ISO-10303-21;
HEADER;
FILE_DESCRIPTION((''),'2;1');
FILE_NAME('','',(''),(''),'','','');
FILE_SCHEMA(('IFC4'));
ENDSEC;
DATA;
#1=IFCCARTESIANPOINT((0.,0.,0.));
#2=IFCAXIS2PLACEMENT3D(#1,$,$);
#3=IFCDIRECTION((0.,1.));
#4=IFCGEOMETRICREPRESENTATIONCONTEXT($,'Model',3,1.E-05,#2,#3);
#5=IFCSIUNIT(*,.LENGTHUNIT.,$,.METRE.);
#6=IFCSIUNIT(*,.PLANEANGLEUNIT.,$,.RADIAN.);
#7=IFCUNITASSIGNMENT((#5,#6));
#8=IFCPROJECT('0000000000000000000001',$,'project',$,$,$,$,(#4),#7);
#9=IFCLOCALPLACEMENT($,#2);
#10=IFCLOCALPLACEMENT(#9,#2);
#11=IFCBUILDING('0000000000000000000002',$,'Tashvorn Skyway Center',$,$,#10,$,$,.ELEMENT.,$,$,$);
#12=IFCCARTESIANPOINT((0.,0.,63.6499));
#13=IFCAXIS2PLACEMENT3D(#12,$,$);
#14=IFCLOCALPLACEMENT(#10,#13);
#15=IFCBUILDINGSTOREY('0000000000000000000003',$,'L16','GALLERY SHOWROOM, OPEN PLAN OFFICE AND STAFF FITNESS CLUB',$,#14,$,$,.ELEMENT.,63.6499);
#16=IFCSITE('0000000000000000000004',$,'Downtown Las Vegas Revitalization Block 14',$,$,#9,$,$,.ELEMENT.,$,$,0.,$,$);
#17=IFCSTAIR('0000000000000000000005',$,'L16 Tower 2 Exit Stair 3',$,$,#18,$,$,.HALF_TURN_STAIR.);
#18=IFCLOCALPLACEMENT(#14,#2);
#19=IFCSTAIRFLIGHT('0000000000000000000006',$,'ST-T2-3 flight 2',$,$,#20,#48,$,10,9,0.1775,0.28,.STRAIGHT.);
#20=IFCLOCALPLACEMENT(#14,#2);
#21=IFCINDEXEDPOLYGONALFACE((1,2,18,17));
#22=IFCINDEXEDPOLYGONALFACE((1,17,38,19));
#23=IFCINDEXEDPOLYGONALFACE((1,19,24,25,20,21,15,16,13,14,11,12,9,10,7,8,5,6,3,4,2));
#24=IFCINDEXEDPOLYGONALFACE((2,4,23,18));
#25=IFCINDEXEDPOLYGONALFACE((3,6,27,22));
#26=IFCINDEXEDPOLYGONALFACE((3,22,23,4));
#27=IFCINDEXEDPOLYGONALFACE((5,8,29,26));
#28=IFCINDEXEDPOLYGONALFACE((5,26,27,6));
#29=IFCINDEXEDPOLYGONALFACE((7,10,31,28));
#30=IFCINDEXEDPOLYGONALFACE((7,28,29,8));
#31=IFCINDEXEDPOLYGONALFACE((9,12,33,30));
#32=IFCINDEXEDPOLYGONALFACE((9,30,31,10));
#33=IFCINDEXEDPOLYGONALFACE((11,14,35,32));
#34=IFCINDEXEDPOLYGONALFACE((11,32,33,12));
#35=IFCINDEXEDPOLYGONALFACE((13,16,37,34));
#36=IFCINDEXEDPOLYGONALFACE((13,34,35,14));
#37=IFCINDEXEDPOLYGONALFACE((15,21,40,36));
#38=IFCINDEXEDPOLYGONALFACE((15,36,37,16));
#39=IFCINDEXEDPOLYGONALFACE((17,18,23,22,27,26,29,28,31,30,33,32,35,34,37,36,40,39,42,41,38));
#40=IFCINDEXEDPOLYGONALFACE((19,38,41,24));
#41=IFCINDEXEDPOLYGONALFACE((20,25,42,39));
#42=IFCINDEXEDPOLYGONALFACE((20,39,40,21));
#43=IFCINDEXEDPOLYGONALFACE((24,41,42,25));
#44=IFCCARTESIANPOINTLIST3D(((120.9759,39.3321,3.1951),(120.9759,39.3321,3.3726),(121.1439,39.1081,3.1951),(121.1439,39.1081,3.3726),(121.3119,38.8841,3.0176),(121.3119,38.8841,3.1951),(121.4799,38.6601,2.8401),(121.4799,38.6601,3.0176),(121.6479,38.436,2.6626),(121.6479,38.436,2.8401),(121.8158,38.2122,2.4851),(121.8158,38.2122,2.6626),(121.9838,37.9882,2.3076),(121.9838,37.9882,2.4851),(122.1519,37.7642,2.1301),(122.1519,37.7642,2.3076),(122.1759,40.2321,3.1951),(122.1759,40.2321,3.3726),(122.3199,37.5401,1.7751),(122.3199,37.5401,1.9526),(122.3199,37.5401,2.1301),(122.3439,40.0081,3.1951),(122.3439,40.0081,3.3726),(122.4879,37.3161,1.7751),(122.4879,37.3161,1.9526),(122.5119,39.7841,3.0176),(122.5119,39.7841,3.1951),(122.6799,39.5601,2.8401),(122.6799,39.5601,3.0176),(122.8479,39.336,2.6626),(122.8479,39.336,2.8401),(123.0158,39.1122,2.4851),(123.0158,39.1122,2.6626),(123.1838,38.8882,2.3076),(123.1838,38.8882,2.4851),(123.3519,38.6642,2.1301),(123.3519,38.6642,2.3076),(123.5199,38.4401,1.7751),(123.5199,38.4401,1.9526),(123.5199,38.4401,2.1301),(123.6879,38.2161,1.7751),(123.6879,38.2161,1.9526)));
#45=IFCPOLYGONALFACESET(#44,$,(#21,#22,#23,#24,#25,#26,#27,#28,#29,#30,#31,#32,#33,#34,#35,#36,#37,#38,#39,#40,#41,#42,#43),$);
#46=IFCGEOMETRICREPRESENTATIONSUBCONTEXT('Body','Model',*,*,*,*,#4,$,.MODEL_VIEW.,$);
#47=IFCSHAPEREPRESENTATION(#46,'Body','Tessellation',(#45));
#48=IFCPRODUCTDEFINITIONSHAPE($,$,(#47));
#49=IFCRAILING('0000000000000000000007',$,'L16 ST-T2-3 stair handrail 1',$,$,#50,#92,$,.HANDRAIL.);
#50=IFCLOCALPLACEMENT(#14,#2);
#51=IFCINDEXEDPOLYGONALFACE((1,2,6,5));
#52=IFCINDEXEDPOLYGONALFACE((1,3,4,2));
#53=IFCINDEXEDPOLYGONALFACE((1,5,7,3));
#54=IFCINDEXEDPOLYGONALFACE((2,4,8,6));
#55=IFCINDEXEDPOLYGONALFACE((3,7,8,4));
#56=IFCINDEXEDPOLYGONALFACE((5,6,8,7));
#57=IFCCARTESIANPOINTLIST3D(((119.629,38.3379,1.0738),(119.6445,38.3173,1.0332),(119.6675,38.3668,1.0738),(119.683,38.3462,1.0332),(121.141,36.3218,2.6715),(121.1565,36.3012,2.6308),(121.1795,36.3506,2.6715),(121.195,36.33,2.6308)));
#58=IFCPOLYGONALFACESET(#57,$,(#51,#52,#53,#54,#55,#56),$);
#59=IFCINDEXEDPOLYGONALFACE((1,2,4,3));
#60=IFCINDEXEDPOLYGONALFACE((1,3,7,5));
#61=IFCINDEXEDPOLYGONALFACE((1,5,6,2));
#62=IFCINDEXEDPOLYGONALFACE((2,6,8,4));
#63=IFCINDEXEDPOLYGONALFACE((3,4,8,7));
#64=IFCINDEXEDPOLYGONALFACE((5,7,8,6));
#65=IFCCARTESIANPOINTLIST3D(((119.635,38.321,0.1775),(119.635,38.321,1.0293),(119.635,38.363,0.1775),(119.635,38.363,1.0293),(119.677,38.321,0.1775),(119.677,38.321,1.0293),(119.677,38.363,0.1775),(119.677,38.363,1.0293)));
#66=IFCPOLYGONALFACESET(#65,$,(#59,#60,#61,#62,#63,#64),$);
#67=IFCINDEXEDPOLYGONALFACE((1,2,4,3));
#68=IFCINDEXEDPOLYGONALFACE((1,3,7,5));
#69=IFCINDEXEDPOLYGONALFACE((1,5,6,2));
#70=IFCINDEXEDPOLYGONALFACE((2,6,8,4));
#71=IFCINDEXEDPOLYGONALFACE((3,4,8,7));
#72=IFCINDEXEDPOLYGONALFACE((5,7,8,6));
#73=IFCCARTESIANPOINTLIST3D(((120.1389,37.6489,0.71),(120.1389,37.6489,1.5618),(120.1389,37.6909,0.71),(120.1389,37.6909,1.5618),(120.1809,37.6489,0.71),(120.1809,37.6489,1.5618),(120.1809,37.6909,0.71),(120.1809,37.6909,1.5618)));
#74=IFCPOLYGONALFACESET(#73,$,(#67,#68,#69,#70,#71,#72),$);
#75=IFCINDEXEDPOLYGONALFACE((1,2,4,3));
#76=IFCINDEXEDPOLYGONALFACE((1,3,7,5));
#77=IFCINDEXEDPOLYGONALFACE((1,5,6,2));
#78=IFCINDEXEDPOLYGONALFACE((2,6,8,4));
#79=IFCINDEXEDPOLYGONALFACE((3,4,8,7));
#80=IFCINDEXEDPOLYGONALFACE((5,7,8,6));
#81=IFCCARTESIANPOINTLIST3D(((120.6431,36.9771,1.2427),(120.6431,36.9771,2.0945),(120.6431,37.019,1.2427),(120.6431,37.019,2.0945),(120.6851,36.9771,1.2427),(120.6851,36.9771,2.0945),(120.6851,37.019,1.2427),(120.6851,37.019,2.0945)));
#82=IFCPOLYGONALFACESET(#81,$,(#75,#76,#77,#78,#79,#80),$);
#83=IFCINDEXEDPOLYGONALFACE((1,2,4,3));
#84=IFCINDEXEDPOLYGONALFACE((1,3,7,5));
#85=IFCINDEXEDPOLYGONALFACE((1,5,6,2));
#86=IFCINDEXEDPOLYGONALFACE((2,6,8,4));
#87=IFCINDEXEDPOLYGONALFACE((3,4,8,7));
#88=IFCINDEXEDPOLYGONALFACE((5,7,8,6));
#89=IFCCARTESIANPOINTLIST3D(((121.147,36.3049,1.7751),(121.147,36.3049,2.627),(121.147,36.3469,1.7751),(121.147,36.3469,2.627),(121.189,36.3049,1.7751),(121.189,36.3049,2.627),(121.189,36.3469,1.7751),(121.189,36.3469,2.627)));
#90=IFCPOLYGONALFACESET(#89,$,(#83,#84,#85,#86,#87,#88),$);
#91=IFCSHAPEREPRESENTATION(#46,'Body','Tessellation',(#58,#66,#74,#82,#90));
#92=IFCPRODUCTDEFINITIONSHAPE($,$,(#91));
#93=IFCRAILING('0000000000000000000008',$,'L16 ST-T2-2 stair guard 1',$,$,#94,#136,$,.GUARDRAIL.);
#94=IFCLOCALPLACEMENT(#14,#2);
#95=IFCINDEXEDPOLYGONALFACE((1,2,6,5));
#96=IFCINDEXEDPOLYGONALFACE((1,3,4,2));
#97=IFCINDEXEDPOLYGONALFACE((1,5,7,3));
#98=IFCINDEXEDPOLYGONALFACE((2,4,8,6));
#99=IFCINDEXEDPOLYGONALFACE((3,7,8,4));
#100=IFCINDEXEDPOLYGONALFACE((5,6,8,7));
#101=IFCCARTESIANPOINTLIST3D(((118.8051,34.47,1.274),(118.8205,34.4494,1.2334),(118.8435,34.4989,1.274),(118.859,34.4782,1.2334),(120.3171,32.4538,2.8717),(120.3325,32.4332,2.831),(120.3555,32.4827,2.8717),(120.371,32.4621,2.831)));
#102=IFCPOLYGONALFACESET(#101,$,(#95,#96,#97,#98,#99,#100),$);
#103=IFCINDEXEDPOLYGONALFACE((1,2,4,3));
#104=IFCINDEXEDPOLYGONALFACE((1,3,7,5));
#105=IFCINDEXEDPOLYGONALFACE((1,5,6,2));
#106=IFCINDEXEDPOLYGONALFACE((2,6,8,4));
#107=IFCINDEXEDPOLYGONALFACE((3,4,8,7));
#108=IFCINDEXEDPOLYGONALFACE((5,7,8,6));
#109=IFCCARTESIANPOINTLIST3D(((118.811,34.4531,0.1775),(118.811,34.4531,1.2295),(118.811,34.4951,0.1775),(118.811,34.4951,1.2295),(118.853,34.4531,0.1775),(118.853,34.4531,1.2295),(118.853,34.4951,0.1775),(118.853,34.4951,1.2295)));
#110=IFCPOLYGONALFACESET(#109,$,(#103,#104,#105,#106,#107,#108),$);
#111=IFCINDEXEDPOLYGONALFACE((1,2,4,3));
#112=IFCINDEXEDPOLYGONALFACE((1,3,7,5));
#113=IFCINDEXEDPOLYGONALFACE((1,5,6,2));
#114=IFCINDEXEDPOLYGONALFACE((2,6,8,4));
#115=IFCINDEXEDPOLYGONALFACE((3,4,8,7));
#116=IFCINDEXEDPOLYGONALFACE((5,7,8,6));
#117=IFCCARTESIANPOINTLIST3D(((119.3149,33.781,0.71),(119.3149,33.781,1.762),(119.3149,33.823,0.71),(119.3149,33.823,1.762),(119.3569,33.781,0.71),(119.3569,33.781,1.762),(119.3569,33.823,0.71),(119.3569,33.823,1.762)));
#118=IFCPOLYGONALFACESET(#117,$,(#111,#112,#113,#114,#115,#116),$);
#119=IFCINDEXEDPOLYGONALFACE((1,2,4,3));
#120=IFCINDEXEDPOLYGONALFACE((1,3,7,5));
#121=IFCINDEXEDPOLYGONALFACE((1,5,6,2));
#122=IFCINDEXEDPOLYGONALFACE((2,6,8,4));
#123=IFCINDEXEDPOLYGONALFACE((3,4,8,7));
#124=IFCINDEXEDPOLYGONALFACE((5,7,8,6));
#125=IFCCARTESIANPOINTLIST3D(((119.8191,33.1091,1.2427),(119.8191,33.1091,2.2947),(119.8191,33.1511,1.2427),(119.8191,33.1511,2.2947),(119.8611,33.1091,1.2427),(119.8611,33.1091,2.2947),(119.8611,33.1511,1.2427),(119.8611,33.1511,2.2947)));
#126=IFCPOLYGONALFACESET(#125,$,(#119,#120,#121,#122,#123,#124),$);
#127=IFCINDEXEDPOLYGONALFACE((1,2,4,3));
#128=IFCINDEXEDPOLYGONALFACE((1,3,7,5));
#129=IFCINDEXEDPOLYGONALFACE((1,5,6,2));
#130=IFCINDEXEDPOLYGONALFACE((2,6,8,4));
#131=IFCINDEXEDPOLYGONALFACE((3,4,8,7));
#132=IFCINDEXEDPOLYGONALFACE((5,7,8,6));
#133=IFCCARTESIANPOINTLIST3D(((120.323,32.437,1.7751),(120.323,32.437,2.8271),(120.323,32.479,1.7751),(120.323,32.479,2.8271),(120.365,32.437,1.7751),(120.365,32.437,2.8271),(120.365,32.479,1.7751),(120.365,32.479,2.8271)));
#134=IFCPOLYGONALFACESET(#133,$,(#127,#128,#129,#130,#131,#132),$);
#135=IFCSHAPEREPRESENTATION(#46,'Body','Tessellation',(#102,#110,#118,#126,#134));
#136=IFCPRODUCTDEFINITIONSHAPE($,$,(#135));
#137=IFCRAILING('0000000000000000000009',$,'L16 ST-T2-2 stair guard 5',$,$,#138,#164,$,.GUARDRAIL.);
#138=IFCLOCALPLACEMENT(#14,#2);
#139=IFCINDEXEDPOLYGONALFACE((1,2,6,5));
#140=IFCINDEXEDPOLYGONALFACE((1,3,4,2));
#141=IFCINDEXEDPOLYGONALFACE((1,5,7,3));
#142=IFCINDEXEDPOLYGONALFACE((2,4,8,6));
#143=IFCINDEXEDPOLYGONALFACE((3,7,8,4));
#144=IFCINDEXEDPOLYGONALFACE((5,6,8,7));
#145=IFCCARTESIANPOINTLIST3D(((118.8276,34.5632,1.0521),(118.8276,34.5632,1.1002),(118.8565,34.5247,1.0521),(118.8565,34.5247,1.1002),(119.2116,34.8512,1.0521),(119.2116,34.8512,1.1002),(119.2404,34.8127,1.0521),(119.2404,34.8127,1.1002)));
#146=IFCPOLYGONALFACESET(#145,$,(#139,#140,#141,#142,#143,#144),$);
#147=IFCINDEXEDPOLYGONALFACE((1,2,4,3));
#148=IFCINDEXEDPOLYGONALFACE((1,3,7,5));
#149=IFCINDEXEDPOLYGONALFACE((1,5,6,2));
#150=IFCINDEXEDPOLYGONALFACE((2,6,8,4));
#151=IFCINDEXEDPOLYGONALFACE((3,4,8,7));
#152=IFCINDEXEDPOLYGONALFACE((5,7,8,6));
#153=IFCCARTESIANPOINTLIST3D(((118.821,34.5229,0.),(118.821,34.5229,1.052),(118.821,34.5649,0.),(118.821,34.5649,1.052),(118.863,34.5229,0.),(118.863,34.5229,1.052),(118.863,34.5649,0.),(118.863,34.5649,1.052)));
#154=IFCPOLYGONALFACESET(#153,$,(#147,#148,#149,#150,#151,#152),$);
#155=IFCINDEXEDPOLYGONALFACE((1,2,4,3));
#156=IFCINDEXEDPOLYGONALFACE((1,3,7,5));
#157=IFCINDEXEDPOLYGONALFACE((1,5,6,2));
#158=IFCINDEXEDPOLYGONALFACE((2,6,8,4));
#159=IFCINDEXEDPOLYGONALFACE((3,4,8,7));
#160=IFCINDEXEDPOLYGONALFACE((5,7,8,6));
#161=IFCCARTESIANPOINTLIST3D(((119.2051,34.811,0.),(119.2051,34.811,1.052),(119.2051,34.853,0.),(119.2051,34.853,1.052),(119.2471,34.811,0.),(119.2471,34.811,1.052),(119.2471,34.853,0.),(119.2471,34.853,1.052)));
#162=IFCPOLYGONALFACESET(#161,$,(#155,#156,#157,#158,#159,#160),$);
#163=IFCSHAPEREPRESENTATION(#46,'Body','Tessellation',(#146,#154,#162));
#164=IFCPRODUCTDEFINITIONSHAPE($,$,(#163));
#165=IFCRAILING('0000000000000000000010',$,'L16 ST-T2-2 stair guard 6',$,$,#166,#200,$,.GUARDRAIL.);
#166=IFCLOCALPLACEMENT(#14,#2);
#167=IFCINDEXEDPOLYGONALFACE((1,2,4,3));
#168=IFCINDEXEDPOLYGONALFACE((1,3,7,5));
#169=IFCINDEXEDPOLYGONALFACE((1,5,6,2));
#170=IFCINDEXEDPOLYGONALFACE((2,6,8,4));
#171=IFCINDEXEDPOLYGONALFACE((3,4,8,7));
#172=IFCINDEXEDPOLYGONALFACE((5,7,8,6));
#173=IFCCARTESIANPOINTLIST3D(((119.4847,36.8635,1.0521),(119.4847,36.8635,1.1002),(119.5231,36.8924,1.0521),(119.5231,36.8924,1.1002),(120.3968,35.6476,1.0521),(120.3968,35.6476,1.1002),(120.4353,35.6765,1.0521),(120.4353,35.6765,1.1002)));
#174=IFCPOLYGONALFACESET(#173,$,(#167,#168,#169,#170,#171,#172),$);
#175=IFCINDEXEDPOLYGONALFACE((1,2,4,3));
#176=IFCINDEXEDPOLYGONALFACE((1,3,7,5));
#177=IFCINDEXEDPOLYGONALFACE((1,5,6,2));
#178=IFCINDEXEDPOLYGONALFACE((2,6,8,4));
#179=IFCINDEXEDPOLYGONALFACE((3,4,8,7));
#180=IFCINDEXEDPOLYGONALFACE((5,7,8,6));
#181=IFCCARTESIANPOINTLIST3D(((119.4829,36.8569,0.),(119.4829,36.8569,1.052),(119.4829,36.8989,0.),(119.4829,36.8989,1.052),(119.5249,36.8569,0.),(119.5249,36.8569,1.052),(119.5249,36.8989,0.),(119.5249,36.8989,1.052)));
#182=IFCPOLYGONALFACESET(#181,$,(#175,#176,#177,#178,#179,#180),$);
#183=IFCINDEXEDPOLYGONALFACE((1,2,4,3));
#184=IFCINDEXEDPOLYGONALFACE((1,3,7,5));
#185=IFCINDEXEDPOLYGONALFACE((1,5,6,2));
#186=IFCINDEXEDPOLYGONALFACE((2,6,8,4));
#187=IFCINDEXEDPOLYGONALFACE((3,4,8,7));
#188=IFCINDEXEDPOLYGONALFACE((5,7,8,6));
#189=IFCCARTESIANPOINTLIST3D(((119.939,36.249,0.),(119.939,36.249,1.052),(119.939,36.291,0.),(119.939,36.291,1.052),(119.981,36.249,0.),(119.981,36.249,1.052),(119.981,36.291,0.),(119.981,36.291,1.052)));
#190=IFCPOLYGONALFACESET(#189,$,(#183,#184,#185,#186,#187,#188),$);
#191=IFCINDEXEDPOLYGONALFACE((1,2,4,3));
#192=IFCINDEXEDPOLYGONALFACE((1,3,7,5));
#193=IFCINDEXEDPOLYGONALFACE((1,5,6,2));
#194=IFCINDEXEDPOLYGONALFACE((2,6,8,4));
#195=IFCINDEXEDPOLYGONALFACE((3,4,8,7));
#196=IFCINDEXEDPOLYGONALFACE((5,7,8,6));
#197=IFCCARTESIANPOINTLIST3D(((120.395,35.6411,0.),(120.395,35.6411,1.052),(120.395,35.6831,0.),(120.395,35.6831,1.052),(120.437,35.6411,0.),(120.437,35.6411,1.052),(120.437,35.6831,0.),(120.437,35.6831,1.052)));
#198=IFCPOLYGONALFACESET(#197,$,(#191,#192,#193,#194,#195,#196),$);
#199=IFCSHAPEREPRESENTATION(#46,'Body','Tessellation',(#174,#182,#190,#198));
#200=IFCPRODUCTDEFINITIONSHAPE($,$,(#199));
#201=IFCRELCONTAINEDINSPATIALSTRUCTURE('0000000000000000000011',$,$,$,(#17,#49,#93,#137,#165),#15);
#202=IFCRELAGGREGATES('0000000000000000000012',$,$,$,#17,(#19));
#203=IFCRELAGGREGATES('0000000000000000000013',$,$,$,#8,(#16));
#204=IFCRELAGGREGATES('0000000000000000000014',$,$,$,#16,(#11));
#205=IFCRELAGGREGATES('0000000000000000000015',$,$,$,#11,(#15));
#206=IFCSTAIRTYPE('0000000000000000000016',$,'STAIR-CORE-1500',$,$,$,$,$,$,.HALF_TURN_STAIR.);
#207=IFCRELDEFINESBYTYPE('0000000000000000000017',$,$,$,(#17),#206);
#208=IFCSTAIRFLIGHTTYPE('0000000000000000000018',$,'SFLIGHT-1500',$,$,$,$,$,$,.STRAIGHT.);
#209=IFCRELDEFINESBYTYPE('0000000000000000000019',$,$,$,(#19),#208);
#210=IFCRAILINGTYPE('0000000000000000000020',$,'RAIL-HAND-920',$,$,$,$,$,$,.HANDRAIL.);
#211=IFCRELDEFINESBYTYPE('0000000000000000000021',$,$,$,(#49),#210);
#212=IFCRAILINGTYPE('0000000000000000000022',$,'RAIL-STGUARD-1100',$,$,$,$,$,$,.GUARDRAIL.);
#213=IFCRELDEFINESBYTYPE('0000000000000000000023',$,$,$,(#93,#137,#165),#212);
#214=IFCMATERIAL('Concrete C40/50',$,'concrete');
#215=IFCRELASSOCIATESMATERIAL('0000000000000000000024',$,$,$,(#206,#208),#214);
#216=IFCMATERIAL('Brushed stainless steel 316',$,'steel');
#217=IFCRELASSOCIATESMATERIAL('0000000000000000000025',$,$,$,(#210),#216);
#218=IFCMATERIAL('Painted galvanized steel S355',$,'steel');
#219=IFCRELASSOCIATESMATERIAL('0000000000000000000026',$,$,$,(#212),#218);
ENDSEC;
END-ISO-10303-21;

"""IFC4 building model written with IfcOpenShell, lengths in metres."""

from ifc_helpers import new_model, si_unit, direction, frame, origin, origin_2d, place, context, subcontext, project, spatial, polyline, rectangle, outline, extrude, material, type_object, element, aggregate, save


model = new_model("IFC4")

# Units and contexts
model_context = context("Model", 3, precision=1e-05, world=origin(), true_north=direction((0.0, 1.0)))
body_context = subcontext(model_context, "Body", "Model", "MODEL_VIEW")
ifc_project = project(units=[si_unit("LENGTHUNIT", "METRE"), si_unit("PLANEANGLEUNIT", "RADIAN")], contexts=[model_context])

# Site, building, storey
site_placement = place(None, origin())
site = spatial("IfcSite", under=ifc_project, at=site_placement, Name="Downtown Las Vegas Revitalization Block 14", CompositionType="ELEMENT", RefElevation=0.0)
building_placement = place(site_placement, origin())
building = spatial("IfcBuilding", under=site, at=building_placement, Name="Tashvorn Skyway Center", CompositionType="ELEMENT")
storey_placement = place(building_placement, frame((0.0, 0.0, 63.6499)))
storey = spatial("IfcBuildingStorey", under=building, at=storey_placement, Name="L16", Description="GALLERY SHOWROOM, OPEN PLAN OFFICE AND STAFF FITNESS CLUB", CompositionType="ELEMENT", Elevation=63.6499)

# Shared definitions
ifc_material_1 = material(Name="Concrete C40/50", Category="concrete")

# Stair, stair flight
stair_type = type_object("IfcStairType", Name="STAIR-CORE-1500", PredefinedType="HALF_TURN_STAIR", material=ifc_material_1)
stair_placement = place(storey_placement, origin())
stair = element("IfcStair", 1, at=stair_placement, inside=storey, type_object=stair_type, Name="L16 Tower 2 Exit Stair 3", PredefinedType="HALF_TURN_STAIR")
stair_flight_type = type_object("IfcStairFlightType", Name="SFLIGHT-1500", PredefinedType="STRAIGHT", material=ifc_material_1)
stair_flight_1_placement = place(storey_placement, frame((123.0879, 37.7661, 1.7751), z_axis=(0.0, 0.0, 1.0), x_axis=(-0.6, 0.8, 0.0)))
stair_flight_1 = element("IfcStairFlight", 2, at=stair_flight_1_placement, type_object=stair_flight_type, Name="ST-T2-3 flight 2", NumberOfRisers=10, NumberOfTreads=9, PredefinedType="STRAIGHT", RiserHeight=0.1775, TreadLength=0.28, context=body_context, shape_type="SweptSolid", body=[
    extrude(outline(polyline([(0.0, 0.0), (0.0, 0.1775), (0.28, 0.1775), (0.28, 0.355), (0.5601, 0.355), (0.5601, 0.5325), (0.8401, 0.5325), (0.8401, 0.71), (1.1201, 0.71), (1.1201, 0.8875), (1.3999, 0.8875), (1.3999, 1.0649), (1.6799, 1.0649), (1.6799, 1.2424), (1.96, 1.2424), (1.96, 1.4199), (2.24, 1.4199), (2.24, 1.5974), (2.52, 1.5974), (2.52, 1.7749), (2.52, 1.4199), (0.28, 0.0), (0.0, 0.0)])), frame((0.0, 0.75, 0.0), z_axis=(0.0, -1.0, 0.0), x_axis=(1.0, 0.0, 0.0)), (0.0, 0.0, 1.0), 1.5),
])
aggregate(stair, [stair_flight_1])

# Railings
ifc_material_2 = material(Name="Brushed stainless steel 316", Category="steel")
railing_type_1 = type_object("IfcRailingType", Name="RAIL-HAND-920", PredefinedType="HANDRAIL", material=ifc_material_2)
railing_1_placement = place(storey_placement, frame((119.656, 38.342, 0.1775)))
element("IfcRailing", 3, at=railing_1_placement, inside=storey, type_object=railing_type_1, Name="L16 ST-T2-3 stair handrail 1", PredefinedType="HANDRAIL", context=body_context, shape_type="SweptSolid", body=[
    extrude(rectangle(XDim=0.0481, YDim=0.0481, at=origin_2d()), frame((0.0, 0.0, 0.876), z_axis=(0.506719, -0.675679, 0.535438), x_axis=(0.800023, 0.599969, 0.0)), (0.0, 0.0, 1.0), 2.9839),
    extrude(rectangle(XDim=0.042, YDim=0.042, at=origin_2d()), origin(), (0.0, 0.0, 1.0), 0.8518),
    extrude(rectangle(XDim=0.042, YDim=0.042, at=origin_2d()), frame((0.5039, -0.6721, 0.5325)), (0.0, 0.0, 1.0), 0.8518),
    extrude(rectangle(XDim=0.042, YDim=0.042, at=origin_2d()), frame((1.0081, -1.344, 1.0652)), (0.0, 0.0, 1.0), 0.8518),
    extrude(rectangle(XDim=0.042, YDim=0.042, at=origin_2d()), frame((1.512, -2.0161, 1.5977)), (0.0, 0.0, 1.0), 0.8518),
])
ifc_material_3 = material(Name="Painted galvanized steel S355", Category="steel")
railing_type_2 = type_object("IfcRailingType", Name="RAIL-STGUARD-1100", PredefinedType="GUARDRAIL", material=ifc_material_3)
railing_2_placement = place(storey_placement, frame((118.832, 34.4741, 0.1775)))
element("IfcRailing", 4, at=railing_2_placement, inside=storey, type_object=railing_type_2, Name="L16 ST-T2-2 stair guard 1", PredefinedType="GUARDRAIL", context=body_context, shape_type="SweptSolid", body=[
    extrude(rectangle(XDim=0.0481, YDim=0.0481, at=origin_2d()), frame((0.0, 0.0, 1.0762), z_axis=(0.506719, -0.675679, 0.535438), x_axis=(0.800023, 0.599969, 0.0)), (0.0, 0.0, 1.0), 2.9839),
    extrude(rectangle(XDim=0.042, YDim=0.042, at=origin_2d()), origin(), (0.0, 0.0, 1.0), 1.052),
    extrude(rectangle(XDim=0.042, YDim=0.042, at=origin_2d()), frame((0.5039, -0.6721, 0.5325)), (0.0, 0.0, 1.0), 1.052),
    extrude(rectangle(XDim=0.042, YDim=0.042, at=origin_2d()), frame((1.0081, -1.344, 1.0652)), (0.0, 0.0, 1.0), 1.052),
    extrude(rectangle(XDim=0.042, YDim=0.042, at=origin_2d()), frame((1.512, -2.0161, 1.5977)), (0.0, 0.0, 1.0), 1.052),
])
railing_3_placement = place(storey_placement, frame((118.842, 34.5439, 0.0)))
element("IfcRailing", 5, at=railing_3_placement, inside=storey, type_object=railing_type_2, Name="L16 ST-T2-2 stair guard 5", PredefinedType="GUARDRAIL", context=body_context, shape_type="SweptSolid", body=[
    extrude(rectangle(XDim=0.0481, YDim=0.0481, at=origin_2d()), frame((0.0, 0.0, 1.0762), z_axis=(0.799939, 0.600081, 0.0), x_axis=(-0.600081, 0.799939, 0.0)), (0.0, 0.0, 1.0), 0.48),
    extrude(rectangle(XDim=0.042, YDim=0.042, at=origin_2d()), origin(), (0.0, 0.0, 1.0), 1.052),
    extrude(rectangle(XDim=0.042, YDim=0.042, at=origin_2d()), frame((0.384, 0.2881, 0.0)), (0.0, 0.0, 1.0), 1.052),
])
railing_4_placement = place(storey_placement, frame((119.5039, 36.8779, 0.0)))
element("IfcRailing", 6, at=railing_4_placement, inside=storey, type_object=railing_type_2, Name="L16 ST-T2-2 stair guard 6", PredefinedType="GUARDRAIL", context=body_context, shape_type="SweptSolid", body=[
    extrude(rectangle(XDim=0.0481, YDim=0.0481, at=origin_2d()), frame((0.0, 0.0, 1.0762), z_axis=(0.600103, -0.799923, 0.0), x_axis=(0.799923, 0.600103, 0.0)), (0.0, 0.0, 1.0), 1.52),
    extrude(rectangle(XDim=0.042, YDim=0.042, at=origin_2d()), origin(), (0.0, 0.0, 1.0), 1.052),
    extrude(rectangle(XDim=0.042, YDim=0.042, at=origin_2d()), frame((0.4561, -0.6079, 0.0)), (0.0, 0.0, 1.0), 1.052),
    extrude(rectangle(XDim=0.042, YDim=0.042, at=origin_2d()), frame((0.9121, -1.2158, 0.0)), (0.0, 0.0, 1.0), 1.052),
])

save(model, "model.ifc")
